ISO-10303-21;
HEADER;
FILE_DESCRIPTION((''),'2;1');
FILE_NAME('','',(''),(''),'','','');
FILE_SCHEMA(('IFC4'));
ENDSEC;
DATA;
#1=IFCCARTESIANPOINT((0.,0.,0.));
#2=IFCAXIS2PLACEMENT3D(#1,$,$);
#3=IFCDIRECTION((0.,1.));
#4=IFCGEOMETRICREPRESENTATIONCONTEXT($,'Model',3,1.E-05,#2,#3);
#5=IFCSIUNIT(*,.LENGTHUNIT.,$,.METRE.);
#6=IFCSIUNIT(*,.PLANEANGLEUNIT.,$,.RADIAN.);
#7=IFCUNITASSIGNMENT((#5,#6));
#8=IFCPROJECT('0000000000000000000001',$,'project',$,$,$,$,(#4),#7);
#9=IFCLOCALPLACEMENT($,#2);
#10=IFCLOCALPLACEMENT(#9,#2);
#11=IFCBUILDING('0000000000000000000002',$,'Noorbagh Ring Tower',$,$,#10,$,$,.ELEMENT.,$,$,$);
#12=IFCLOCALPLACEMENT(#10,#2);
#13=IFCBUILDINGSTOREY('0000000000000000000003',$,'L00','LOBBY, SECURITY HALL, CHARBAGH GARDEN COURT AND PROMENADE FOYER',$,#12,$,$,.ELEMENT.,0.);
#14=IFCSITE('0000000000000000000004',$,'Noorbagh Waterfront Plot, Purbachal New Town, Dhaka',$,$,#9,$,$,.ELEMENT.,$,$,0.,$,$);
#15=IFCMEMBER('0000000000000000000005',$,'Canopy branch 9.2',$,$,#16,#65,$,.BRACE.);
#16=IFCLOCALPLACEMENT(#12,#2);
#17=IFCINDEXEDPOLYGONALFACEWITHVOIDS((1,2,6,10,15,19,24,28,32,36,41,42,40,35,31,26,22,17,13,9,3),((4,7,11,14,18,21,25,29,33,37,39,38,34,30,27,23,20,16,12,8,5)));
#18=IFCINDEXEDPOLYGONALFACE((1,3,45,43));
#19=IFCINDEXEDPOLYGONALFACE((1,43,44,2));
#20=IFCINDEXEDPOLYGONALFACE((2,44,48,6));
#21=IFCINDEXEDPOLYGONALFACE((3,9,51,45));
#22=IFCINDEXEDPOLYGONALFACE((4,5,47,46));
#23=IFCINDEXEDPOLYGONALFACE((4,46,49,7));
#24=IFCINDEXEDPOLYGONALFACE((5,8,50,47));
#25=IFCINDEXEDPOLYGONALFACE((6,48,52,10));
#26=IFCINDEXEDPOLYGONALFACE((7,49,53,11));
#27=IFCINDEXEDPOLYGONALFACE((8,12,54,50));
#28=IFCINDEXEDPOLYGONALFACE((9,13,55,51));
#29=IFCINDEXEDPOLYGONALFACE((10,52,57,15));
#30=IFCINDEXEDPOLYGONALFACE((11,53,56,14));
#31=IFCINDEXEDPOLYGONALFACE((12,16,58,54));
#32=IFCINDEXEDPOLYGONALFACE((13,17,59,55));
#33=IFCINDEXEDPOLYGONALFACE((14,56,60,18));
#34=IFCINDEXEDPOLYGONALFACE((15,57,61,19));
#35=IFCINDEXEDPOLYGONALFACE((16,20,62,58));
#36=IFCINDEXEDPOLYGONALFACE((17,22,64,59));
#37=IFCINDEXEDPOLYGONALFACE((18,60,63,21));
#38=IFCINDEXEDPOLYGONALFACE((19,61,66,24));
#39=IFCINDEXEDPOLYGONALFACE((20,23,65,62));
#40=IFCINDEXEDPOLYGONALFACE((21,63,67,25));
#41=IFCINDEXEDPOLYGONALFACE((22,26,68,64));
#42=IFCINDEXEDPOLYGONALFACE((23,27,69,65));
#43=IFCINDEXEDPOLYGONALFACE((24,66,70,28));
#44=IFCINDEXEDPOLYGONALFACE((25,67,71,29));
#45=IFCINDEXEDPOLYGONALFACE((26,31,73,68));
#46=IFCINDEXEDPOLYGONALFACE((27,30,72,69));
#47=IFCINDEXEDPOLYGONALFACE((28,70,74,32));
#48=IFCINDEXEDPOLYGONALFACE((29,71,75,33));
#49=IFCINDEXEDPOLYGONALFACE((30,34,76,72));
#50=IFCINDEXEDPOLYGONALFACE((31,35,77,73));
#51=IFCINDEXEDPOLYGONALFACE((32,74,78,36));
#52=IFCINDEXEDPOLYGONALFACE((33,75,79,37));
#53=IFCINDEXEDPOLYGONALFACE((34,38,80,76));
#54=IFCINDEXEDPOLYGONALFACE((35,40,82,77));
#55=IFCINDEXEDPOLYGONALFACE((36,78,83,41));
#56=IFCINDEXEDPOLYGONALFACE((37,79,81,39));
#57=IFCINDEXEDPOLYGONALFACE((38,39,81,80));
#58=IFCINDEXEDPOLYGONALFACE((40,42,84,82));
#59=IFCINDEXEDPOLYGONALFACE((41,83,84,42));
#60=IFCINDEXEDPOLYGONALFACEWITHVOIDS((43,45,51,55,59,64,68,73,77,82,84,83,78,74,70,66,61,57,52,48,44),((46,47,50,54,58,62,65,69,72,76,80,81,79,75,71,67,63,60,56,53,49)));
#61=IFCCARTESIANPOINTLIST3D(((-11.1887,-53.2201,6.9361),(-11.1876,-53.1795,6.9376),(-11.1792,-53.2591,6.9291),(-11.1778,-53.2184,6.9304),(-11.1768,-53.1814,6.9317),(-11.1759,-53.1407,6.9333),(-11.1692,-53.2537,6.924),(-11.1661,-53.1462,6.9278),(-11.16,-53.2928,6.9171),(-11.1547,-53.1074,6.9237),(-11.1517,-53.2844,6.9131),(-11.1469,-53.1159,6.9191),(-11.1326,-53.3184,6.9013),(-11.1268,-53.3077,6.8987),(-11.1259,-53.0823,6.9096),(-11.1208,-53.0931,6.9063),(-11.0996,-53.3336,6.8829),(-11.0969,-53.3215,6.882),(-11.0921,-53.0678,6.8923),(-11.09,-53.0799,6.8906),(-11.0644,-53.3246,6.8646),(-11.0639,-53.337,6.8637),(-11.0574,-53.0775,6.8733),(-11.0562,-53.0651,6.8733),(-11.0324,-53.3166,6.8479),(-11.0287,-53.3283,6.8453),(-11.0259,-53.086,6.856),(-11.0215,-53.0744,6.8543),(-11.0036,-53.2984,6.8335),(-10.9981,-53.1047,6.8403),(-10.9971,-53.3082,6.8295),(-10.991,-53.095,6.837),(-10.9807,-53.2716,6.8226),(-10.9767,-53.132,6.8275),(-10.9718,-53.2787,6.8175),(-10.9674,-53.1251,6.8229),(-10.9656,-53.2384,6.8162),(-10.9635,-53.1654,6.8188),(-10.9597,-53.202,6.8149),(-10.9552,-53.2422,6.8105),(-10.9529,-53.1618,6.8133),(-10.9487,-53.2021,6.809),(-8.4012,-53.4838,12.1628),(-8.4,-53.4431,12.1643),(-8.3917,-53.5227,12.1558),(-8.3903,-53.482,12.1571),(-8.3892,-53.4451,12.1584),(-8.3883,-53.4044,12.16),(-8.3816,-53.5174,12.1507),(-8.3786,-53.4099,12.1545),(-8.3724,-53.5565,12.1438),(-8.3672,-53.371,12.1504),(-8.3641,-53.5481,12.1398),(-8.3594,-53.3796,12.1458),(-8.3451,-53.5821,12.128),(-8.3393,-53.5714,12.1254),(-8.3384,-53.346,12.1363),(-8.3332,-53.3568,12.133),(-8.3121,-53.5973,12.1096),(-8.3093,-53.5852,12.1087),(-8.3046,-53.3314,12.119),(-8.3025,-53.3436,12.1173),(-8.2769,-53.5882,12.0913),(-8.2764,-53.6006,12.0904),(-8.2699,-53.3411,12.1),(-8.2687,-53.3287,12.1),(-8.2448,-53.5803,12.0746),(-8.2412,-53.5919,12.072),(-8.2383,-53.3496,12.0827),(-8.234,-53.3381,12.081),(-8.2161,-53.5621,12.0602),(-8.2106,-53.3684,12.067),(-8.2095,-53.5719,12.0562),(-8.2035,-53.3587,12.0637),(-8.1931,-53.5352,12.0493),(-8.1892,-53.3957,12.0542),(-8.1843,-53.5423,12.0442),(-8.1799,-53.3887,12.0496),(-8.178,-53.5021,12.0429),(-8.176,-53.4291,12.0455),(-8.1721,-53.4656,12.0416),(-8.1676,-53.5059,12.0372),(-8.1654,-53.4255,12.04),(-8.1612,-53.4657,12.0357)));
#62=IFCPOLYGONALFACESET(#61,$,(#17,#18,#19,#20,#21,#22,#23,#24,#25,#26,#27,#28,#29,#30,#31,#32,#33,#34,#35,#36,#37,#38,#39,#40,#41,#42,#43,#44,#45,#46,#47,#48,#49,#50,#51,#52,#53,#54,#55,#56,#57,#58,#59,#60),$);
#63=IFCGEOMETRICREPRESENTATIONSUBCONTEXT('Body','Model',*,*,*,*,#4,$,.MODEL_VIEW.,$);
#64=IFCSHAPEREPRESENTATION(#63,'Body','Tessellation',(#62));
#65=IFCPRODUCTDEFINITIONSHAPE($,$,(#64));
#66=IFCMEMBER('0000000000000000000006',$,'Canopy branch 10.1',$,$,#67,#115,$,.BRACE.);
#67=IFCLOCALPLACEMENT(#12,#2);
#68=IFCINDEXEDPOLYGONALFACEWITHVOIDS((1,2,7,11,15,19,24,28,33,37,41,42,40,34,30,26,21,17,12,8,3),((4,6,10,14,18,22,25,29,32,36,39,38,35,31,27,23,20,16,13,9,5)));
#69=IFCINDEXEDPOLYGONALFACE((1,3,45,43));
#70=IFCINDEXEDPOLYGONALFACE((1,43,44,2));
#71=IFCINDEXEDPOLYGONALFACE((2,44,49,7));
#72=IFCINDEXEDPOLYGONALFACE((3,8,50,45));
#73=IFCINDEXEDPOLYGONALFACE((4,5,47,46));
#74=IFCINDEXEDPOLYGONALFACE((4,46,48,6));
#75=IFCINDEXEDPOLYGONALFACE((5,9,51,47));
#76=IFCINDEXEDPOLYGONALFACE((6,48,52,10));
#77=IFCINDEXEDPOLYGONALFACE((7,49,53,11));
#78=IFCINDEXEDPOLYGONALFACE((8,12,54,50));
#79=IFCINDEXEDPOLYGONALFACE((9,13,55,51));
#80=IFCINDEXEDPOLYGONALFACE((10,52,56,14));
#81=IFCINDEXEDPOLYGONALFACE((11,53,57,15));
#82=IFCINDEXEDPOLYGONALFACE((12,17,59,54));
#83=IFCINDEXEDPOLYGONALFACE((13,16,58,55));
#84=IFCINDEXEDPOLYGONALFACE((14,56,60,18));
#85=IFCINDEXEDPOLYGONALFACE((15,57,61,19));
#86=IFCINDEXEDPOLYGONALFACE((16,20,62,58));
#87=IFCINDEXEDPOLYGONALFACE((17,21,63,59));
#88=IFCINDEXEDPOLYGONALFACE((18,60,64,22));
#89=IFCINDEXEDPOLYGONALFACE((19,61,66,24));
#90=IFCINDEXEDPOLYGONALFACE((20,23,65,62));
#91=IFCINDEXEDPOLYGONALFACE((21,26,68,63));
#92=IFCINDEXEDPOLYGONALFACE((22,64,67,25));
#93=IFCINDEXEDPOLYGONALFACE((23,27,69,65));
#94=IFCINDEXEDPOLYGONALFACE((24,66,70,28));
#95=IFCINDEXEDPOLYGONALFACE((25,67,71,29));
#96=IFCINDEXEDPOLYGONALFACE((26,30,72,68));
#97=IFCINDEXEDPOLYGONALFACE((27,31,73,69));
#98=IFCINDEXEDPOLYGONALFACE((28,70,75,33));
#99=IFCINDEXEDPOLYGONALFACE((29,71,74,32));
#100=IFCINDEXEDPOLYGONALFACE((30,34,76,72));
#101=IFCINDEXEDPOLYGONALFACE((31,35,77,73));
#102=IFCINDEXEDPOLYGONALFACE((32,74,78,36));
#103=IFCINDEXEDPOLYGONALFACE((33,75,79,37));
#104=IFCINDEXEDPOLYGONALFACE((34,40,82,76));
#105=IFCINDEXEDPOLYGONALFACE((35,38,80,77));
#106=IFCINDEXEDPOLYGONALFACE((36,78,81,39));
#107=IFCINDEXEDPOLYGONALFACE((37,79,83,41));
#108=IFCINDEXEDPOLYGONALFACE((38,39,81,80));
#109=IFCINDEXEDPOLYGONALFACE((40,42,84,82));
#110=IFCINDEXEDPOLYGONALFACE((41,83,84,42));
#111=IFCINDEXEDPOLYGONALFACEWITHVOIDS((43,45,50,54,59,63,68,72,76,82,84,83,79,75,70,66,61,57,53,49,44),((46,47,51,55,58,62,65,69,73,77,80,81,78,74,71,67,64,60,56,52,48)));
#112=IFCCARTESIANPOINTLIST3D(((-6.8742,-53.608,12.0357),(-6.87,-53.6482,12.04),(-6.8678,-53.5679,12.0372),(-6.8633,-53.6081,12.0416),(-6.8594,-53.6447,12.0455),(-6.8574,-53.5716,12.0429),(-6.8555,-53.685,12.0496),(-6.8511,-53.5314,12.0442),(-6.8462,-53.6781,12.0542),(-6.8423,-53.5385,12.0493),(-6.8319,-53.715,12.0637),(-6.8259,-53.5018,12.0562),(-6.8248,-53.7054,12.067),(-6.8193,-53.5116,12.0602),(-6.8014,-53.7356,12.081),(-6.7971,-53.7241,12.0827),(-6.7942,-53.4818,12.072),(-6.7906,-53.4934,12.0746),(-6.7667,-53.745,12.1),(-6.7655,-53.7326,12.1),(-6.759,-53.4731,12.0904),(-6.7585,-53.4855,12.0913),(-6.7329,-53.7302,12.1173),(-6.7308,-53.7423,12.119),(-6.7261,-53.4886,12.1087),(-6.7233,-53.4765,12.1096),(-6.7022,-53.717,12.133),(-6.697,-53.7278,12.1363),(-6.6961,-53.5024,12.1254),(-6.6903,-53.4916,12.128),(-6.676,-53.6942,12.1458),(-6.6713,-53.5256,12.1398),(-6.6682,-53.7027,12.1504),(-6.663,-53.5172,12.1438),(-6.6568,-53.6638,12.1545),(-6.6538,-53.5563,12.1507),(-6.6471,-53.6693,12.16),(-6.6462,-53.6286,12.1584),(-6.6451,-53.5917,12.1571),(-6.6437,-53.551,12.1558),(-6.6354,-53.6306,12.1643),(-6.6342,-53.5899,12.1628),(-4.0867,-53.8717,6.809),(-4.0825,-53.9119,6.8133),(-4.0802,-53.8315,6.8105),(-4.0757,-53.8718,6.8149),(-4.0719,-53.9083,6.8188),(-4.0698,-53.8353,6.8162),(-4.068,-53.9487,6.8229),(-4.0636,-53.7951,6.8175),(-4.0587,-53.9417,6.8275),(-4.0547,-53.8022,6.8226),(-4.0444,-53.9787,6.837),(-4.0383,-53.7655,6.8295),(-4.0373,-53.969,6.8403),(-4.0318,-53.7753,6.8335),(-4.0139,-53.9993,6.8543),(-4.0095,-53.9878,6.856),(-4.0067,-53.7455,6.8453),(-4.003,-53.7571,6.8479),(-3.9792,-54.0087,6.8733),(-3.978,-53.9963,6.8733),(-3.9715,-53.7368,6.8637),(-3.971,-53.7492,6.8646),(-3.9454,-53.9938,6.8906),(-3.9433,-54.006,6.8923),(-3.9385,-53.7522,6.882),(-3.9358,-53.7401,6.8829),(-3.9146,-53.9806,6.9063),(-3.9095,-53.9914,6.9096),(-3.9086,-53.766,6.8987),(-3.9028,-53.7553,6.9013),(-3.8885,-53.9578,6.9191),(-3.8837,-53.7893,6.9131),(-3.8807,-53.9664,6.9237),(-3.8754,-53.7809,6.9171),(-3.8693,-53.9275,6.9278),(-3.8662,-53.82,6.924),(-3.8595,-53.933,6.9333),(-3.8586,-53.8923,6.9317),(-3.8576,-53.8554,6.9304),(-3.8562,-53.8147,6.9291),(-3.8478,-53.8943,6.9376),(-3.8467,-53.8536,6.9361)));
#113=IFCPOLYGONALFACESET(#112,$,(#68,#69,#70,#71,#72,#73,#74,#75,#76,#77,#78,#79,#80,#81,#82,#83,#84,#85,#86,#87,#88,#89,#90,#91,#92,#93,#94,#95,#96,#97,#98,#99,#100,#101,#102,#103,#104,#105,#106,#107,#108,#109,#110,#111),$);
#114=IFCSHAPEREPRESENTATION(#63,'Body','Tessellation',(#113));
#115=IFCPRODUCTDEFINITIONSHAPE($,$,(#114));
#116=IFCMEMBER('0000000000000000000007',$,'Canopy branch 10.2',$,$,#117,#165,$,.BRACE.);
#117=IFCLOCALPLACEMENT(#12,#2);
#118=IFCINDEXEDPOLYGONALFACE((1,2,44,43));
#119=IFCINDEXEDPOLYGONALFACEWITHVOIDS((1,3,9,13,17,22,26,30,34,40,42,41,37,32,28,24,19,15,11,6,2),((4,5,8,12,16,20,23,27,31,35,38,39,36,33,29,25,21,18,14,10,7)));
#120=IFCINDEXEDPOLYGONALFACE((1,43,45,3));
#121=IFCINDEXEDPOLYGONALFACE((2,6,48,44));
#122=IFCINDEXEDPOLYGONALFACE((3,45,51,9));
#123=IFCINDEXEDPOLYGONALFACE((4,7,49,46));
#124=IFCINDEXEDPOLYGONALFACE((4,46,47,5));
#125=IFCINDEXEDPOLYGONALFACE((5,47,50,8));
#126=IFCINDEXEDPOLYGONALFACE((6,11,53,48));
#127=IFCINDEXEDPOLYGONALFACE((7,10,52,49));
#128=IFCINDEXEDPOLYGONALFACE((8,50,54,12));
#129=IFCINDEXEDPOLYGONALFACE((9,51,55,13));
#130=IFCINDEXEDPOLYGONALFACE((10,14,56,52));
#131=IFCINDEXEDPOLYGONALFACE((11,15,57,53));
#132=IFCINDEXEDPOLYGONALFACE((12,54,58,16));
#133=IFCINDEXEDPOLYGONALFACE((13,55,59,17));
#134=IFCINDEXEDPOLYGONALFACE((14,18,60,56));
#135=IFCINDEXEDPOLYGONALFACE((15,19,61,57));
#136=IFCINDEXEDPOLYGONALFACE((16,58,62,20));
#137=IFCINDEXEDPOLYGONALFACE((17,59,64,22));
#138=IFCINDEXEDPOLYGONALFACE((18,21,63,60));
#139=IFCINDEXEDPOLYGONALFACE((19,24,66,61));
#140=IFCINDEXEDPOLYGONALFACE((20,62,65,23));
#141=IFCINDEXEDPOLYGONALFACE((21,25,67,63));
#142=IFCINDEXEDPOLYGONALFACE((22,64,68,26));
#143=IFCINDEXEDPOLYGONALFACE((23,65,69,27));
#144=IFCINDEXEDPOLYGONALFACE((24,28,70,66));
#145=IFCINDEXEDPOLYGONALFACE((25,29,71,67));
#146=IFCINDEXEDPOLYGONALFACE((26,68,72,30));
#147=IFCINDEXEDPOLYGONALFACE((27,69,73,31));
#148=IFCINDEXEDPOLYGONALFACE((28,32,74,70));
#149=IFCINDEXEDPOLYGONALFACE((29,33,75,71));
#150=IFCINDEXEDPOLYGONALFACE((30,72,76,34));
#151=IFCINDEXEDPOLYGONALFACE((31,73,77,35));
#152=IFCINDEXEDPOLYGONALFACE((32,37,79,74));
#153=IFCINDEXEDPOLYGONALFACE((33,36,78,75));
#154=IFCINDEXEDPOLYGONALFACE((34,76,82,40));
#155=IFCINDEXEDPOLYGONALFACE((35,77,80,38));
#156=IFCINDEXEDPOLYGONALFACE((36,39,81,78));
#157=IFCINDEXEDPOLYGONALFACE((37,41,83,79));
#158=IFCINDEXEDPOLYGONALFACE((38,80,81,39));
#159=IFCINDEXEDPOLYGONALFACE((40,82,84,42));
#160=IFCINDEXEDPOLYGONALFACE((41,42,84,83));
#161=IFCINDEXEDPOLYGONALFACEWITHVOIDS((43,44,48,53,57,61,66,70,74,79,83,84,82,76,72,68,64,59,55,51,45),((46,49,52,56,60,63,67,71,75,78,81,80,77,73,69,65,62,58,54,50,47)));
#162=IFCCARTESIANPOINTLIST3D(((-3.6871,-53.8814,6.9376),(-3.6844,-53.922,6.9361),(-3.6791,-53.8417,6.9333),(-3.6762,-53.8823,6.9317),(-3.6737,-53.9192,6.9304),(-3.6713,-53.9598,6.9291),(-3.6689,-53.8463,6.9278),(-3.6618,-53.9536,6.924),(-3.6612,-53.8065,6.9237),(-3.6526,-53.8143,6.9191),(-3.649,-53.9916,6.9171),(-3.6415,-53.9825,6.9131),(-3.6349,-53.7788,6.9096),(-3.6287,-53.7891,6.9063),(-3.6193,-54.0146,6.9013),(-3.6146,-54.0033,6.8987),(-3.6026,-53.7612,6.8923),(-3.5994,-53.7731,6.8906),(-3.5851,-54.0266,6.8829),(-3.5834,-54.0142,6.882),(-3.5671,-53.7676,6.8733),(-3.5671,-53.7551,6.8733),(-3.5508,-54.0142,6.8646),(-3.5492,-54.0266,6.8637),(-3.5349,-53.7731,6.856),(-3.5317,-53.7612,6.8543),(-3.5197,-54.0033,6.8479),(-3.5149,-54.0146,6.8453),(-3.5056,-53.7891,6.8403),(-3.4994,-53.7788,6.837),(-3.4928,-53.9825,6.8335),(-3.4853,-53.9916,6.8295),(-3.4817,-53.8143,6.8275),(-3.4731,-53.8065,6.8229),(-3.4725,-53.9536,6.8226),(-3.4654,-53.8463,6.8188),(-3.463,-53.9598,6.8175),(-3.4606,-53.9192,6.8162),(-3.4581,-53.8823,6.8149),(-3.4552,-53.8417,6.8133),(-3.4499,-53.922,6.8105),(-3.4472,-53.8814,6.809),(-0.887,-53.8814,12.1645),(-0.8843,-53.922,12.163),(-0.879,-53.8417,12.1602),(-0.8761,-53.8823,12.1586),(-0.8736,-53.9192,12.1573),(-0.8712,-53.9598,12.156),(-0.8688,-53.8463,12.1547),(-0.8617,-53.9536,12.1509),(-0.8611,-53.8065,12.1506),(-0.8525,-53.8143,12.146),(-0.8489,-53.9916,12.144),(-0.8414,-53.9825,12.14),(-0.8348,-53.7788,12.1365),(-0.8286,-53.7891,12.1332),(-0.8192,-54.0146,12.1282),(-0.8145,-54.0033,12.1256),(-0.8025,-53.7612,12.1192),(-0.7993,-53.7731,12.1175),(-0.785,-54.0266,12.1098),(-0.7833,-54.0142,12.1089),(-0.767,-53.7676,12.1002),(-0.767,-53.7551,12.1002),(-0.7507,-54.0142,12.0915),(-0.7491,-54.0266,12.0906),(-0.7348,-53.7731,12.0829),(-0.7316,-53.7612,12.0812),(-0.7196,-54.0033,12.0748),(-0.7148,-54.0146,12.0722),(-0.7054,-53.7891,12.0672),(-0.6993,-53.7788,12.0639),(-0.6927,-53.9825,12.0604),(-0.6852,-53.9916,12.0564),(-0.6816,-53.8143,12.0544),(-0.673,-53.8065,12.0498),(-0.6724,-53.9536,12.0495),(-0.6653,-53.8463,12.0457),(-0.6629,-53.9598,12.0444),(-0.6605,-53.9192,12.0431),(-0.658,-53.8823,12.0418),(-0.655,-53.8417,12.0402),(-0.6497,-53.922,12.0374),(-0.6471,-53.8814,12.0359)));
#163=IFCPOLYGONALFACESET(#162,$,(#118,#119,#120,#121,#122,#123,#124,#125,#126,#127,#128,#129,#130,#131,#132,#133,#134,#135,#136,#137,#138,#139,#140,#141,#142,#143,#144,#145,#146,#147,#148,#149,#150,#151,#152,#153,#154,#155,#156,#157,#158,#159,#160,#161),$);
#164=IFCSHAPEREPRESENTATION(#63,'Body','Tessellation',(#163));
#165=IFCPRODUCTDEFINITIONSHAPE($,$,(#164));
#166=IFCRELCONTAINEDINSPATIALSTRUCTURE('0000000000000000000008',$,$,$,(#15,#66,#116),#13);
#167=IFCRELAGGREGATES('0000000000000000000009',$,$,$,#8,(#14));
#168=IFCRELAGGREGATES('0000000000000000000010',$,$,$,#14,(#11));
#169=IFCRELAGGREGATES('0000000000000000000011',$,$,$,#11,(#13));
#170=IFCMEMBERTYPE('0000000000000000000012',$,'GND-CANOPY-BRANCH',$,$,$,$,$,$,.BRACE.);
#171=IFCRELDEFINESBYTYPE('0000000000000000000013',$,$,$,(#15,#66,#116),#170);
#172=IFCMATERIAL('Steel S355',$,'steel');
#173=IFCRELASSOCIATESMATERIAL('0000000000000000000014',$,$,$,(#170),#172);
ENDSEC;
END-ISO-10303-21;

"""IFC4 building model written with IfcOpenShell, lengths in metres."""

from ifc_helpers import new_model, si_unit, direction, frame, origin, origin_2d, place, context, subcontext, project, spatial, hollow_circle, extrude, material, material_profile, profile_set, type_object, element, save


model = new_model("IFC4")

# Units and contexts
model_context = context("Model", 3, precision=1e-05, world=origin(), true_north=direction((0.0, 1.0)))
body_context = subcontext(model_context, "Body", "Model", "MODEL_VIEW")
ifc_project = project(units=[si_unit("LENGTHUNIT", "METRE"), si_unit("PLANEANGLEUNIT", "RADIAN")], contexts=[model_context])

# Site, building, storey
site_placement = place(None, origin())
site = spatial("IfcSite", under=ifc_project, at=site_placement, Name="Noorbagh Waterfront Plot, Purbachal New Town, Dhaka", CompositionType="ELEMENT", RefElevation=0.0)
building_placement = place(site_placement, origin())
building = spatial("IfcBuilding", under=site, at=building_placement, Name="Noorbagh Ring Tower", CompositionType="ELEMENT")
storey_placement = place(building_placement, origin())
storey = spatial("IfcBuildingStorey", under=building, at=storey_placement, Name="L00", Description="LOBBY, SECURITY HALL, CHARBAGH GARDEN COURT AND PROMENADE FOYER", CompositionType="ELEMENT", Elevation=0.0)

# Members
ifc_material_1 = material(Name="Steel S355", Category="steel")
ifc_material_profile_1 = material_profile(ifc_material_1, hollow_circle(Radius=0.1365, WallThickness=0.0125, at=origin_2d()), Name="CHS273x12.5")
ifc_profile_set_1 = profile_set([ifc_material_profile_1], Name="Steel S355")
member_type = type_object("IfcMemberType", Name="GND-CANOPY-BRANCH", PredefinedType="BRACE", material=ifc_profile_set_1)
for number, where, z_axis, x_axis, name in (
    (1, (-11.0691, -53.2009, 6.8733), (0.470118, -0.044467, 0.881482), (0.094167, 0.995556, 0.0), "Canopy branch 9.2"),
    (2, (-3.9663, -53.8728, 6.8733), (-0.470118, 0.044467, 0.881482), (-0.094167, -0.995556, 0.0), "Canopy branch 10.1"),
):
    element("IfcMember", number, at=place(storey_placement, frame(where, z_axis=z_axis, x_axis=x_axis)), inside=storey, type_object=member_type, Name=name, PredefinedType="BRACE", context=body_context, shape_type="SweptSolid", body=[
        extrude(hollow_circle(Radius=0.1365, WallThickness=0.0125, at=origin_2d()), origin(), (0.0, 0.0, 1.0), 5.9294),
    ])
member_1_placement = place(storey_placement, frame((-3.5671, -53.8916, 6.8733), z_axis=(0.472218, 0.0, 0.881482), x_axis=(0.0, 1.0, 0.0)))
element("IfcMember", 3, at=member_1_placement, inside=storey, type_object=member_type, Name="Canopy branch 10.2", PredefinedType="BRACE", context=body_context, shape_type="SweptSolid", body=[
    extrude(hollow_circle(Radius=0.1365, WallThickness=0.0125, at=origin_2d()), origin(), (0.0, 0.0, 1.0), 5.9297),
])

save(model, "model.ifc")
